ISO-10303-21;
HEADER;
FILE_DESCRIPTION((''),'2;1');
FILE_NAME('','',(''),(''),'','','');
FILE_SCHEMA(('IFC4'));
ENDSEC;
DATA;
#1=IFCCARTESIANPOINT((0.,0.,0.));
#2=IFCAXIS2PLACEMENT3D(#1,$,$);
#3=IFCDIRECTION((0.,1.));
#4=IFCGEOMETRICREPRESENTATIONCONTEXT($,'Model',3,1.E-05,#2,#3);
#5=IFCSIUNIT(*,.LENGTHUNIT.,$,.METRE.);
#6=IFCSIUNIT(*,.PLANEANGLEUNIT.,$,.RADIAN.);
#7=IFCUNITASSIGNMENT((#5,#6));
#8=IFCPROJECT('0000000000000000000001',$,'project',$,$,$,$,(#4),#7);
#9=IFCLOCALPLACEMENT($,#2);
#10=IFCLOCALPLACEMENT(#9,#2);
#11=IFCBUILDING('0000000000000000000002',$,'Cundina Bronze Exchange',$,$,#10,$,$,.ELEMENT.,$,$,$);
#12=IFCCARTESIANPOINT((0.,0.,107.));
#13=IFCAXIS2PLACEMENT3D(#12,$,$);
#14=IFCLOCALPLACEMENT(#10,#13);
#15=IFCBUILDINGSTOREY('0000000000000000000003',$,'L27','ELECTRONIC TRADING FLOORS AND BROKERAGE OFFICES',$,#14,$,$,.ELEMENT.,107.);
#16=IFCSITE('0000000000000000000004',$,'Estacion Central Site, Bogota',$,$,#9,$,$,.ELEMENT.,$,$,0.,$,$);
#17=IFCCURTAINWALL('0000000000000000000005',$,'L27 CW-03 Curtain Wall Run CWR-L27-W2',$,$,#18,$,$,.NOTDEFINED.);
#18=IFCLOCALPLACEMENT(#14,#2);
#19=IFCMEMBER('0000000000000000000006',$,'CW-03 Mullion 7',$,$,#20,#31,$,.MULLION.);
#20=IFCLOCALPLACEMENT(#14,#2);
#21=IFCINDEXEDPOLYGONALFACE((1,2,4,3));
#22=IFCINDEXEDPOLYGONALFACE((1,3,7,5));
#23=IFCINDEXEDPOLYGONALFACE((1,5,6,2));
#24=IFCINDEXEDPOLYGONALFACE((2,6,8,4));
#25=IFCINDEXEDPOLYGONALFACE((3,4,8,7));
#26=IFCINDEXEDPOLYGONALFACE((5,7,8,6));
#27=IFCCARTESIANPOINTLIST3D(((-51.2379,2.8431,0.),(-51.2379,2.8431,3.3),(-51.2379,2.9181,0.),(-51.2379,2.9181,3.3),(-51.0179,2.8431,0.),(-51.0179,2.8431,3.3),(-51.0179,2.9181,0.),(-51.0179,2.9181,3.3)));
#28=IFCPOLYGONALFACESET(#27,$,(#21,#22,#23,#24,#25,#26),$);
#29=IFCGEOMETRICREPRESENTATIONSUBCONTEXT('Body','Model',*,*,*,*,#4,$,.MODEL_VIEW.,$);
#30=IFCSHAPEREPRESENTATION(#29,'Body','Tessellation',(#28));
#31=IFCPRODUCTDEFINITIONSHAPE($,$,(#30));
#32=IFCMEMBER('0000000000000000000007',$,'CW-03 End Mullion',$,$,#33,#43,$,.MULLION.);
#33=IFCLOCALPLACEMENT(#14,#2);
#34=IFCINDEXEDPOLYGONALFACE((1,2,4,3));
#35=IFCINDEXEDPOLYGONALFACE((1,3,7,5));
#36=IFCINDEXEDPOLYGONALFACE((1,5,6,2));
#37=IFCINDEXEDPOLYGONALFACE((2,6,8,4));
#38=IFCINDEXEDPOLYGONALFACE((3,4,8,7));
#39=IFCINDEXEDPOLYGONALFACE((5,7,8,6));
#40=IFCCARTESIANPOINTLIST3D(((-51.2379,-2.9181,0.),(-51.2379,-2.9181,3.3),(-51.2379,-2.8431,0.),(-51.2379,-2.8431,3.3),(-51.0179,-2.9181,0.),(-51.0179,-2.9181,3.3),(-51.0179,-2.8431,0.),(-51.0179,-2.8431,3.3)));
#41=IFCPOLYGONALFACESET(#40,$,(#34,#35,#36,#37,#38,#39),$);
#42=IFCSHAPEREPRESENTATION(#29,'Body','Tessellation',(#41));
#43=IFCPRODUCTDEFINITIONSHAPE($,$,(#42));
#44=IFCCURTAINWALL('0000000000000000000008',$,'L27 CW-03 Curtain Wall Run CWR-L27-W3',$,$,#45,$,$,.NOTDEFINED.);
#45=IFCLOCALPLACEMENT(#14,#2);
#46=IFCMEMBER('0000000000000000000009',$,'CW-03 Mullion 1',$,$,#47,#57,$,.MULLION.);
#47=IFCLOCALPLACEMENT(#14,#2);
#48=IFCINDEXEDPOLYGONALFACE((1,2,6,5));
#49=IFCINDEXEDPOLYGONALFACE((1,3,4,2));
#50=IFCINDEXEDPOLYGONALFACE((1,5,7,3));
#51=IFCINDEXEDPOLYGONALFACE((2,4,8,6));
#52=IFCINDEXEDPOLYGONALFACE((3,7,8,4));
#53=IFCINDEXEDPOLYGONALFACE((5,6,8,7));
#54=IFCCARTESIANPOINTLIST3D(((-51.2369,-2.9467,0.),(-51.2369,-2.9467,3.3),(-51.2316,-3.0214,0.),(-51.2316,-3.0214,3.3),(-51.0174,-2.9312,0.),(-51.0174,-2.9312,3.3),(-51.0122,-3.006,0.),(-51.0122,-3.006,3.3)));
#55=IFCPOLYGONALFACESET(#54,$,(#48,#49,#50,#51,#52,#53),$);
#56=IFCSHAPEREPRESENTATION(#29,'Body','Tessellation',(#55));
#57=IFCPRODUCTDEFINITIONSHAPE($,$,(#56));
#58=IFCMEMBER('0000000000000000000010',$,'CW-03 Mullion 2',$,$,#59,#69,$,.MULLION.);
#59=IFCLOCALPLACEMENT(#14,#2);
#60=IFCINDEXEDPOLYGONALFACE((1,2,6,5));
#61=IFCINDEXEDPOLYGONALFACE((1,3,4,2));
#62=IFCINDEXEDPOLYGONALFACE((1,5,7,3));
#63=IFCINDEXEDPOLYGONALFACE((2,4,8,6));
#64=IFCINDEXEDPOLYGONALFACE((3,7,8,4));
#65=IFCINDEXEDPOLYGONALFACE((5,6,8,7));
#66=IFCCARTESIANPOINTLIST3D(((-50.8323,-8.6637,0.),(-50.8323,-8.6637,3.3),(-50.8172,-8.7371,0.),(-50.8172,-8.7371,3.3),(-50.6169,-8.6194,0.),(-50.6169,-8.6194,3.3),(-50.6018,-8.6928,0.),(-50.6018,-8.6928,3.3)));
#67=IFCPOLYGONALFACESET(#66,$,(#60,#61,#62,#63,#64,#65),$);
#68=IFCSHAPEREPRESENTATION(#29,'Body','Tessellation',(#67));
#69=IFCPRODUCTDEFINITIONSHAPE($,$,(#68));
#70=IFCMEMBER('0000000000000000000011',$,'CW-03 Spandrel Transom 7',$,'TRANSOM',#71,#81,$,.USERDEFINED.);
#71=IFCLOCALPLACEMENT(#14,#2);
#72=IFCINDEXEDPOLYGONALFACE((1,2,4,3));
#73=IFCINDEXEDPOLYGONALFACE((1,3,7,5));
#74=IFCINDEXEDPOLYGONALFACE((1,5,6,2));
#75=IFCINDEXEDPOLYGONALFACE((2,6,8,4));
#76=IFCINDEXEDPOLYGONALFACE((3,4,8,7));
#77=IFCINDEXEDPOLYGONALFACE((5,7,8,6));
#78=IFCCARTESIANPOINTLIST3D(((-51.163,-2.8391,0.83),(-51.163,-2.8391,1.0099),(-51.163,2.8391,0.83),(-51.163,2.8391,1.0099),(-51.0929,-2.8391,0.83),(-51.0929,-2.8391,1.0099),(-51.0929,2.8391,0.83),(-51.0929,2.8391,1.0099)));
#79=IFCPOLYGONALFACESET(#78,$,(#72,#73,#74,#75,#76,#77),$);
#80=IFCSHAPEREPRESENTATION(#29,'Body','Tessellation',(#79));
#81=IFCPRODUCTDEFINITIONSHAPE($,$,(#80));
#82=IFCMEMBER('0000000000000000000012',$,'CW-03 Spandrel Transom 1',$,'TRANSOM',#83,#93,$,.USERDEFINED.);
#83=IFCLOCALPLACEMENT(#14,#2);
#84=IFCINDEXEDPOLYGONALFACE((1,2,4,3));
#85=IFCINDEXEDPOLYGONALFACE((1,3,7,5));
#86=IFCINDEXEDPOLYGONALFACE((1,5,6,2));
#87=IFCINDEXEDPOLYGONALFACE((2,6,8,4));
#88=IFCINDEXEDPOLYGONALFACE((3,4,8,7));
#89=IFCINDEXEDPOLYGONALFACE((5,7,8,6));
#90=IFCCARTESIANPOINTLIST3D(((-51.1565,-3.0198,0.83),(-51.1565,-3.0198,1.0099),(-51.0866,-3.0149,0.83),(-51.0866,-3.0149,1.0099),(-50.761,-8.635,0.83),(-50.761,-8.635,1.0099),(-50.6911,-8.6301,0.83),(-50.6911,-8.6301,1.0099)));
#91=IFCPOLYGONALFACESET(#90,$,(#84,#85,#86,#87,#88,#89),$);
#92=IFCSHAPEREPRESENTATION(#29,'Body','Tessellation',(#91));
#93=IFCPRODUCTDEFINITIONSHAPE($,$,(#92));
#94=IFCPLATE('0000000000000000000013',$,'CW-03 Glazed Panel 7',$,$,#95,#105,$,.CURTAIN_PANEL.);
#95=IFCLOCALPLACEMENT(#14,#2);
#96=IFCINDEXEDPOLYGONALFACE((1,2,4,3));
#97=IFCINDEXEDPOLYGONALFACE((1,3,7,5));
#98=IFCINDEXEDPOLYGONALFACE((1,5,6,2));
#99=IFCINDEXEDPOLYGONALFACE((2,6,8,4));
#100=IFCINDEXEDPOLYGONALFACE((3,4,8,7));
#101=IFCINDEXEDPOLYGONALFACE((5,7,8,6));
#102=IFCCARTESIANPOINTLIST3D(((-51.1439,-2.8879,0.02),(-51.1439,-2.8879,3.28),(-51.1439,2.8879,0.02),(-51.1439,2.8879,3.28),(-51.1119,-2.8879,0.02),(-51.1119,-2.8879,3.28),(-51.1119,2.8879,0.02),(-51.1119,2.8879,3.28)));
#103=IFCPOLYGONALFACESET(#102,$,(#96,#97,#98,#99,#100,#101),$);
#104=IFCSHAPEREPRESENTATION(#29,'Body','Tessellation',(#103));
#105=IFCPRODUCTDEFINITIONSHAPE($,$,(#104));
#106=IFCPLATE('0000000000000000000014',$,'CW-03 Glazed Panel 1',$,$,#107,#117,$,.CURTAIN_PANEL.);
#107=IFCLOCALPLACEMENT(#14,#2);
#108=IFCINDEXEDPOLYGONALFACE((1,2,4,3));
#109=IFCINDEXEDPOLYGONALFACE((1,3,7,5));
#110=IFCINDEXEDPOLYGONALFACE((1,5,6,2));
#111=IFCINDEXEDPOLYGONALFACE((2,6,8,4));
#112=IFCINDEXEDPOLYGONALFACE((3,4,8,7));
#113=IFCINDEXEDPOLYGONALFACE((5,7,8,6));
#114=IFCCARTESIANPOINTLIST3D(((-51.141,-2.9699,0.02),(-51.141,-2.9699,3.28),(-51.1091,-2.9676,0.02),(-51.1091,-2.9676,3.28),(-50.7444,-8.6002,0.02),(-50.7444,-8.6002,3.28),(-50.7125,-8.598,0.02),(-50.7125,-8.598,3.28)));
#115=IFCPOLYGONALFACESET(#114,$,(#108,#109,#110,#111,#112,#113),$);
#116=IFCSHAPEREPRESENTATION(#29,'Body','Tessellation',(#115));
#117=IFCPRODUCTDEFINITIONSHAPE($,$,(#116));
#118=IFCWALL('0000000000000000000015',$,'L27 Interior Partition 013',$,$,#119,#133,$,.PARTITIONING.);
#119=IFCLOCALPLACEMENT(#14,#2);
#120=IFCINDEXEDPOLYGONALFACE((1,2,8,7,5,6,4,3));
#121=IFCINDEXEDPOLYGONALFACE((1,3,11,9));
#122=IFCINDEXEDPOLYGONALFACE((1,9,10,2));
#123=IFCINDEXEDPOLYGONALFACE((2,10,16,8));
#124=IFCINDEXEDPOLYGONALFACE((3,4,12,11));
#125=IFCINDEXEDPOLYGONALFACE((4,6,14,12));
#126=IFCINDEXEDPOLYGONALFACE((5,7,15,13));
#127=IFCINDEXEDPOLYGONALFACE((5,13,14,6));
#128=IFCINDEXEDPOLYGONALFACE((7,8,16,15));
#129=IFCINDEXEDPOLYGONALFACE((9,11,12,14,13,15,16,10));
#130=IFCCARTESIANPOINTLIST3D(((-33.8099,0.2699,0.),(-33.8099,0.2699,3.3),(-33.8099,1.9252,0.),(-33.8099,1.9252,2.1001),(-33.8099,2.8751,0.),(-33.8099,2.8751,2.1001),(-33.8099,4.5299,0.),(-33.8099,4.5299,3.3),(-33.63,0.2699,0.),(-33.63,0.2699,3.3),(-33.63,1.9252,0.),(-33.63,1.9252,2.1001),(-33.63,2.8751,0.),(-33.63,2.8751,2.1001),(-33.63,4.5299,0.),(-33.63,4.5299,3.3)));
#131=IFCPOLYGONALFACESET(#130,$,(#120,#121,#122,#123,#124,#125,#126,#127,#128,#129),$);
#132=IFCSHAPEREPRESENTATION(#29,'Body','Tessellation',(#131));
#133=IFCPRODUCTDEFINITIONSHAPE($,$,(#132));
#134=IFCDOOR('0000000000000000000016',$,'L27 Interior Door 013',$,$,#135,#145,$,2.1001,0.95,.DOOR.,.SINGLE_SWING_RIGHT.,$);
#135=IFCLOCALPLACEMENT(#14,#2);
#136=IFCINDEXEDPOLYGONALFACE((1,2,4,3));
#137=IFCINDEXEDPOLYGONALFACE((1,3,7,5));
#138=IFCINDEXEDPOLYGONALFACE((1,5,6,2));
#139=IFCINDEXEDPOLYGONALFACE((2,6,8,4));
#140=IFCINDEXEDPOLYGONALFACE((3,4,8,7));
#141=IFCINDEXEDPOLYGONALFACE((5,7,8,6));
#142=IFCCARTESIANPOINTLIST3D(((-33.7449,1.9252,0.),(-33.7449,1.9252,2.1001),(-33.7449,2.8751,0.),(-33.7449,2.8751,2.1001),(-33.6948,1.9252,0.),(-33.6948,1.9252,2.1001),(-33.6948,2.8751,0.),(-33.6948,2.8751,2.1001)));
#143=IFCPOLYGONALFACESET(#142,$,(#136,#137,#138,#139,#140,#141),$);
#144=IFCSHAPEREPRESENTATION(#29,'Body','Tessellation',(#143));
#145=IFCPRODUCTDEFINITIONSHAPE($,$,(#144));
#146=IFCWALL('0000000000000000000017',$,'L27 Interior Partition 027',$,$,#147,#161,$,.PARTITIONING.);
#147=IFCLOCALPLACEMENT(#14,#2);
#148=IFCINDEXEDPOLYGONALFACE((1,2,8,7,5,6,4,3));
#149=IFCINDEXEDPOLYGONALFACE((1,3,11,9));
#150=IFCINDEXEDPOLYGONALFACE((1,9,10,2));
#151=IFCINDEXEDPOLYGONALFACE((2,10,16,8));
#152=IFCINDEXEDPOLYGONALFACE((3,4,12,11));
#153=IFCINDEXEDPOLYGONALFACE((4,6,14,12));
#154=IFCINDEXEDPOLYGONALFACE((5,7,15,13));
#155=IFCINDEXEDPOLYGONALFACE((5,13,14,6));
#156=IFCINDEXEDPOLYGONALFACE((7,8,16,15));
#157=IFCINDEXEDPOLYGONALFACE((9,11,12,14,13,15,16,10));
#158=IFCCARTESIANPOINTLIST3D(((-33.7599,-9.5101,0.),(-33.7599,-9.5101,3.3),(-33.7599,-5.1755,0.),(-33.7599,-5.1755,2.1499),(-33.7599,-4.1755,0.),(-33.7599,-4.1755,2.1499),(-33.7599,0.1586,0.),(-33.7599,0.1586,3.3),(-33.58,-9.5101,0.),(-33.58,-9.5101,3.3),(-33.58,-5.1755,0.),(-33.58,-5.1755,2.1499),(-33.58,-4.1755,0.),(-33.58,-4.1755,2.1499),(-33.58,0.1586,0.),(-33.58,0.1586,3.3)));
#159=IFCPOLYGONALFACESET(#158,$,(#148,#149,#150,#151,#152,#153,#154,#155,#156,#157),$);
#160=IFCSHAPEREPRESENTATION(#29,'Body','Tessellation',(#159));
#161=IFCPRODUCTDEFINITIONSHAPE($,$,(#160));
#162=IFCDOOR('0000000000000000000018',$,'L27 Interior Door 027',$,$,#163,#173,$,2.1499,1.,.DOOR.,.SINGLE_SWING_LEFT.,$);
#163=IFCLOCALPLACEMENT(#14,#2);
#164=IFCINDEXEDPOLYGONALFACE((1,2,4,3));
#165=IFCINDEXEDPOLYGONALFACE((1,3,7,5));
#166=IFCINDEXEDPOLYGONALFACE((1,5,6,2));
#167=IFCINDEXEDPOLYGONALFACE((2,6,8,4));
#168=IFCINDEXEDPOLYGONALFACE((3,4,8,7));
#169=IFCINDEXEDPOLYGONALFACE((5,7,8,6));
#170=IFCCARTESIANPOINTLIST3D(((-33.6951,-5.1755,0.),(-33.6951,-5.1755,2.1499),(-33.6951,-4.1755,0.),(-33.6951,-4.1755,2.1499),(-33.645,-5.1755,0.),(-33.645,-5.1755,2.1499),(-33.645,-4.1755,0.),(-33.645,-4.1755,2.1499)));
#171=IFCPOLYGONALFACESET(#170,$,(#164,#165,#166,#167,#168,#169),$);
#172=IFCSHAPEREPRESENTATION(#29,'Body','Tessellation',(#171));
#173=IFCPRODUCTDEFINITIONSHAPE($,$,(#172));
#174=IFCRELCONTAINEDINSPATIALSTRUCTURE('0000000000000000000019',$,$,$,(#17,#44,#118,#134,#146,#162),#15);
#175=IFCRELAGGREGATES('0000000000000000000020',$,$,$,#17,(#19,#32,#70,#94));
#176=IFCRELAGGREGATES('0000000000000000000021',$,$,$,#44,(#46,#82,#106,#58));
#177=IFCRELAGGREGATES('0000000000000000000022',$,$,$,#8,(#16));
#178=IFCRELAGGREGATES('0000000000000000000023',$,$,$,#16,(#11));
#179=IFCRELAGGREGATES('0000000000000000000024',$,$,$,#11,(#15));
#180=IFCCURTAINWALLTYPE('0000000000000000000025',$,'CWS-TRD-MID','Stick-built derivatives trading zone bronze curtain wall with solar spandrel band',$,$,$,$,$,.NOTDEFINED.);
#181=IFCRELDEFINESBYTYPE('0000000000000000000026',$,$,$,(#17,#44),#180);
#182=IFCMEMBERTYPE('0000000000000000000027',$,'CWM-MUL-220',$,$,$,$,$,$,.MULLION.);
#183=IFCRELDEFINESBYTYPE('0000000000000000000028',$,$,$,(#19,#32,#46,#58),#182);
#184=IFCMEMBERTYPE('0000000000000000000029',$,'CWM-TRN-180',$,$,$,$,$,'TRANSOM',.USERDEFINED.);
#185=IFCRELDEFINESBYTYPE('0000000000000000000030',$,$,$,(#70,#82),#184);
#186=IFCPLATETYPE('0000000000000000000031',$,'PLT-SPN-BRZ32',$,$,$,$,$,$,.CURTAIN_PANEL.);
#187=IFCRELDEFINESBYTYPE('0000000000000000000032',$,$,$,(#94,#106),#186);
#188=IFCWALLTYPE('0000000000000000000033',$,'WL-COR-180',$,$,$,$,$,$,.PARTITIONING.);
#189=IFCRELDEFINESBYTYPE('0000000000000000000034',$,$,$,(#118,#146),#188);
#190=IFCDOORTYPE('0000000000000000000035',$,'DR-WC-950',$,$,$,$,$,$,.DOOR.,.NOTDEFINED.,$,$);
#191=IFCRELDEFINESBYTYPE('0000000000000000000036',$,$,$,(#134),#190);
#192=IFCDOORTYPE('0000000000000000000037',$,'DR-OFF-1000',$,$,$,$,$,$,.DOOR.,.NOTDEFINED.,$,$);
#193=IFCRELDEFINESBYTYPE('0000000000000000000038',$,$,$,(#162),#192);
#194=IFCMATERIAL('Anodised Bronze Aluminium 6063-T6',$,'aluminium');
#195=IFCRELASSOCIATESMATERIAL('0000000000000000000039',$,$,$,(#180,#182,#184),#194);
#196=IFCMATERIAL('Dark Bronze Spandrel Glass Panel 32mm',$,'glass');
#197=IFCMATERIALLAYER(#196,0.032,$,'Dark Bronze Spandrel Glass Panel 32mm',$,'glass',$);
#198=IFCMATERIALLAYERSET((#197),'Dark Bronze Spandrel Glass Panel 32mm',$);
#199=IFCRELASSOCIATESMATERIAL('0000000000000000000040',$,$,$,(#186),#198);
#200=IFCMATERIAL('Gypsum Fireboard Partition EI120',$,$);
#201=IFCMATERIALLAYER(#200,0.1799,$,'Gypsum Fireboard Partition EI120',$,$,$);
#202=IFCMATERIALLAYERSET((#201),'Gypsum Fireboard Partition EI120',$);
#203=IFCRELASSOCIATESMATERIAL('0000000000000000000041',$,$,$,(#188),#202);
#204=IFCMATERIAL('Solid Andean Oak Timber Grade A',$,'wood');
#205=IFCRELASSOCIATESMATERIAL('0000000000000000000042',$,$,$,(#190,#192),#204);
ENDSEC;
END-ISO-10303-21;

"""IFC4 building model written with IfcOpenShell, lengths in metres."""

from ifc_helpers import new_model, si_unit, direction, frame, frame_2d, origin, origin_2d, place, context, subcontext, project, spatial, rectangle, extrude, material, layer, layer_set, material_profile, profile_set, type_object, element, fill, aggregate, save


model = new_model("IFC4")

# Units and contexts
model_context = context("Model", 3, precision=1e-05, world=origin(), true_north=direction((0.0, 1.0)))
body_context = subcontext(model_context, "Body", "Model", "MODEL_VIEW")
ifc_project = project(units=[si_unit("LENGTHUNIT", "METRE"), si_unit("PLANEANGLEUNIT", "RADIAN")], contexts=[model_context])

# Site, building, storey
site_placement = place(None, origin())
site = spatial("IfcSite", under=ifc_project, at=site_placement, Name="Estacion Central Site, Bogota", CompositionType="ELEMENT", RefElevation=0.0)
building_placement = place(site_placement, origin())
building = spatial("IfcBuilding", under=site, at=building_placement, Name="Cundina Bronze Exchange", CompositionType="ELEMENT")
storey_placement = place(building_placement, frame((0.0, 0.0, 107.0)))
storey = spatial("IfcBuildingStorey", under=building, at=storey_placement, Name="L27", Description="ELECTRONIC TRADING FLOORS AND BROKERAGE OFFICES", CompositionType="ELEMENT", Elevation=107.0)

# Curtain walls, members
ifc_material_1 = material(Name="Anodised Bronze Aluminium 6063-T6", Category="aluminium")
curtain_wall_type = type_object("IfcCurtainWallType", Name="CWS-TRD-MID", Description="Stick-built derivatives trading zone bronze curtain wall with solar spandrel band", PredefinedType="NOTDEFINED", material=ifc_material_1)
curtain_wall_1_placement = place(storey_placement, origin())
curtain_wall_1 = element("IfcCurtainWall", 1, at=curtain_wall_1_placement, inside=storey, type_object=curtain_wall_type, Name="L27 CW-03 Curtain Wall Run CWR-L27-W2", PredefinedType="NOTDEFINED")
ifc_material_profile_1 = material_profile(ifc_material_1, rectangle(XDim=0.075, YDim=0.22, at=origin_2d()), Name="AL75X220", Category="aluminium")
ifc_profile_set_1 = profile_set([ifc_material_profile_1], Name="Anodised Bronze Aluminium 6063-T6")
member_type_1 = type_object("IfcMemberType", Name="CWM-MUL-220", PredefinedType="MULLION", material=ifc_profile_set_1)
member_1_placement = place(storey_placement, frame((-51.1279, 2.8806, 0.0), z_axis=(0.0, 0.0, 1.0), x_axis=(0.0, -1.0, 0.0)))
member_1 = element("IfcMember", 2, at=member_1_placement, type_object=member_type_1, Name="CW-03 Mullion 7", PredefinedType="MULLION", context=body_context, shape_type="SweptSolid", body=[
    extrude(rectangle(XDim=0.075, YDim=0.22, at=origin_2d()), origin(), (0.0, 0.0, 1.0), 3.3),
])
member_2_placement = place(storey_placement, frame((-51.1279, -2.8806, 0.0), z_axis=(0.0, 0.0, 1.0), x_axis=(0.0, -1.0, 0.0)))
member_2 = element("IfcMember", 3, at=member_2_placement, type_object=member_type_1, Name="CW-03 End Mullion", PredefinedType="MULLION", context=body_context, shape_type="SweptSolid", body=[
    extrude(rectangle(XDim=0.075, YDim=0.22, at=origin_2d()), origin(), (0.0, 0.0, 1.0), 3.3),
])
curtain_wall_2_placement = place(storey_placement, origin())
curtain_wall_2 = element("IfcCurtainWall", 4, at=curtain_wall_2_placement, inside=storey, type_object=curtain_wall_type, Name="L27 CW-03 Curtain Wall Run CWR-L27-W3", PredefinedType="NOTDEFINED")
member_3_placement = place(storey_placement, frame((-51.1245, -2.9763, 0.0), z_axis=(0.0, 0.0, 1.0), x_axis=(0.070279, -0.997527, 0.0)))
member_3 = element("IfcMember", 5, at=member_3_placement, type_object=member_type_1, Name="CW-03 Mullion 1", PredefinedType="MULLION", context=body_context, shape_type="SweptSolid", body=[
    extrude(rectangle(XDim=0.075, YDim=0.22, at=origin_2d()), origin(), (0.0, 0.0, 1.0), 3.3),
])
member_4_placement = place(storey_placement, frame((-50.717, -8.6782, 0.0), z_axis=(0.0, 0.0, 1.0), x_axis=(0.20142, -0.979505, 0.0)))
member_4 = element("IfcMember", 6, at=member_4_placement, type_object=member_type_1, Name="CW-03 Mullion 2", PredefinedType="MULLION", context=body_context, shape_type="SweptSolid", body=[
    extrude(rectangle(XDim=0.075, YDim=0.22, at=origin_2d()), origin(), (0.0, 0.0, 1.0), 3.3),
])

# Members
ifc_material_profile_2 = material_profile(ifc_material_1, rectangle(XDim=0.0701, YDim=0.1799, at=origin_2d()), Name="AL70X180", Category="aluminium")
ifc_profile_set_2 = profile_set([ifc_material_profile_2], Name="Anodised Bronze Aluminium 6063-T6")
member_type_2 = type_object("IfcMemberType", Name="CWM-TRN-180", ElementType="TRANSOM", PredefinedType="USERDEFINED", material=ifc_profile_set_2)
member_5_placement = place(storey_placement, frame((-51.1279, 2.8391, 0.9199), z_axis=(0.0, -1.0, 0.0), x_axis=(1.0, 0.0, 0.0)))
member_5 = element("IfcMember", 7, at=member_5_placement, type_object=member_type_2, Name="CW-03 Spandrel Transom 7", ObjectType="TRANSOM", PredefinedType="USERDEFINED", context=body_context, shape_type="SweptSolid", body=[
    extrude(rectangle(XDim=0.0701, YDim=0.1799, at=origin_2d()), origin(), (0.0, 0.0, 1.0), 5.6782),
])
member_6_placement = place(storey_placement, frame((-51.1216, -3.0173, 0.9199), z_axis=(0.070261, -0.997529, 0.0), x_axis=(0.997529, 0.070261, 0.0)))
member_6 = element("IfcMember", 8, at=member_6_placement, type_object=member_type_2, Name="CW-03 Spandrel Transom 1", ObjectType="TRANSOM", PredefinedType="USERDEFINED", context=body_context, shape_type="SweptSolid", body=[
    extrude(rectangle(XDim=0.0701, YDim=0.1799, at=origin_2d()), origin(), (0.0, 0.0, 1.0), 5.6292),
])

# Plates
ifc_material_2 = material(Name="Dark Bronze Spandrel Glass Panel 32mm", Category="glass")
ifc_layer_1 = layer(ifc_material_2, 0.032, Name="Dark Bronze Spandrel Glass Panel 32mm", Category="glass")
ifc_layer_set_1 = layer_set([ifc_layer_1], Name="Dark Bronze Spandrel Glass Panel 32mm")
plate_type = type_object("IfcPlateType", Name="PLT-SPN-BRZ32", PredefinedType="CURTAIN_PANEL", material=ifc_layer_set_1)
plate_1_placement = place(storey_placement, frame((-51.1279, 0.0, 0.02), z_axis=(0.0, 0.0, 1.0), x_axis=(0.0, -1.0, 0.0)))
plate_1 = element("IfcPlate", 9, at=plate_1_placement, type_object=plate_type, Name="CW-03 Glazed Panel 7", PredefinedType="CURTAIN_PANEL", context=body_context, shape_type="SweptSolid", body=[
    extrude(rectangle(XDim=5.7759, YDim=0.032, at=origin_2d()), origin(), (0.0, 0.0, 1.0), 3.26),
])
aggregate(curtain_wall_1, [member_1, member_2, member_5, plate_1])
plate_2_placement = place(storey_placement, frame((-50.9268, -5.7839, 0.02), z_axis=(0.0, 0.0, 1.0), x_axis=(0.070279, -0.997527, 0.0)))
plate_2 = element("IfcPlate", 10, at=plate_2_placement, type_object=plate_type, Name="CW-03 Glazed Panel 1", PredefinedType="CURTAIN_PANEL", context=body_context, shape_type="SweptSolid", body=[
    extrude(rectangle(XDim=5.6443, YDim=0.032, at=origin_2d()), origin(), (0.0, 0.0, 1.0), 3.26),
])
aggregate(curtain_wall_2, [member_3, member_6, plate_2, member_4])

# Walls, openings, doors
ifc_material_3 = material(Name="Gypsum Fireboard Partition EI120")
ifc_layer_2 = layer(ifc_material_3, 0.1799, Name="Gypsum Fireboard Partition EI120")
ifc_layer_set_2 = layer_set([ifc_layer_2], Name="Gypsum Fireboard Partition EI120")
wall_type_1 = type_object("IfcWallType", Name="WL-COR-180", PredefinedType="PARTITIONING", material=ifc_layer_set_2)
wall_1_placement = place(storey_placement, frame((-33.72, 0.27, 0.0), z_axis=(0.0, 0.0, 1.0), x_axis=(0.0, 1.0, 0.0)))
wall_1 = element("IfcWall", 11, at=wall_1_placement, inside=storey, type_object=wall_type_1, Name="L27 Interior Partition 013", PredefinedType="PARTITIONING", context=body_context, shape_type="SweptSolid", body=[
    extrude(rectangle(XDim=4.26, YDim=0.1799, at=frame_2d((2.1299, 0.0))), origin(), (0.0, 0.0, 1.0), 3.3),
])
opening_1_placement = place(wall_1_placement, frame((1.655, 0.0, 0.0)))
opening_1 = element("IfcOpeningElement", 12, at=opening_1_placement, cuts=wall_1, PredefinedType="OPENING", context=body_context, shape_type="SweptSolid", body=[
    extrude(rectangle(XDim=0.95, YDim=2.1001, at=frame_2d((0.4751, 1.05))), frame((0.0, 0.0999, 0.0), z_axis=(0.0, -1.0, 0.0), x_axis=(1.0, 0.0, 0.0)), (0.0, 0.0, 1.0), 0.2),
])
ifc_material_4 = material(Name="Solid Andean Oak Timber Grade A", Category="wood")
door_type_1 = type_object("IfcDoorType", Name="DR-WC-950", OperationType="NOTDEFINED", PredefinedType="DOOR", material=ifc_material_4)
door_1_placement = place(opening_1_placement, origin())
door_1 = element("IfcDoor", 13, at=door_1_placement, inside=storey, type_object=door_type_1, Name="L27 Interior Door 013", OperationType="SINGLE_SWING_RIGHT", OverallHeight=2.1001, OverallWidth=0.95, PredefinedType="DOOR", context=body_context, shape_type="SweptSolid", body=[
    extrude(rectangle(XDim=0.95, YDim=2.1001, at=frame_2d((0.4751, 1.05))), frame((0.0, 0.0249, 0.0), z_axis=(0.0, -1.0, 0.0), x_axis=(1.0, 0.0, 0.0)), (0.0, 0.0, 1.0), 0.05),
])
fill(opening_1, door_1)
wall_2_placement = place(storey_placement, frame((-33.6699, 0.1587, 0.0), z_axis=(0.0, 0.0, 1.0), x_axis=(0.0, -1.0, 0.0)))
wall_2 = element("IfcWall", 14, at=wall_2_placement, inside=storey, type_object=wall_type_1, Name="L27 Interior Partition 027", PredefinedType="PARTITIONING", context=body_context, shape_type="SweptSolid", body=[
    extrude(rectangle(XDim=9.6687, YDim=0.1799, at=frame_2d((4.8345, 0.0))), origin(), (0.0, 0.0, 1.0), 3.3),
])
opening_2_placement = place(wall_2_placement, frame((4.3342, 0.0, 0.0)))
opening_2 = element("IfcOpeningElement", 15, at=opening_2_placement, cuts=wall_2, PredefinedType="OPENING", context=body_context, shape_type="SweptSolid", body=[
    extrude(rectangle(XDim=1.0, YDim=2.1499, at=frame_2d((0.5, 1.075))), frame((0.0, 0.0999, 0.0), z_axis=(0.0, -1.0, 0.0), x_axis=(1.0, 0.0, 0.0)), (0.0, 0.0, 1.0), 0.2),
])
door_type_2 = type_object("IfcDoorType", Name="DR-OFF-1000", OperationType="NOTDEFINED", PredefinedType="DOOR", material=ifc_material_4)
door_2_placement = place(opening_2_placement, origin())
door_2 = element("IfcDoor", 16, at=door_2_placement, inside=storey, type_object=door_type_2, Name="L27 Interior Door 027", OperationType="SINGLE_SWING_LEFT", OverallHeight=2.1499, OverallWidth=1.0, PredefinedType="DOOR", context=body_context, shape_type="SweptSolid", body=[
    extrude(rectangle(XDim=1.0, YDim=2.1499, at=frame_2d((0.5, 1.075))), frame((0.0, 0.0249, 0.0), z_axis=(0.0, -1.0, 0.0), x_axis=(1.0, 0.0, 0.0)), (0.0, 0.0, 1.0), 0.05),
])
fill(opening_2, door_2)

save(model, "model.ifc")
